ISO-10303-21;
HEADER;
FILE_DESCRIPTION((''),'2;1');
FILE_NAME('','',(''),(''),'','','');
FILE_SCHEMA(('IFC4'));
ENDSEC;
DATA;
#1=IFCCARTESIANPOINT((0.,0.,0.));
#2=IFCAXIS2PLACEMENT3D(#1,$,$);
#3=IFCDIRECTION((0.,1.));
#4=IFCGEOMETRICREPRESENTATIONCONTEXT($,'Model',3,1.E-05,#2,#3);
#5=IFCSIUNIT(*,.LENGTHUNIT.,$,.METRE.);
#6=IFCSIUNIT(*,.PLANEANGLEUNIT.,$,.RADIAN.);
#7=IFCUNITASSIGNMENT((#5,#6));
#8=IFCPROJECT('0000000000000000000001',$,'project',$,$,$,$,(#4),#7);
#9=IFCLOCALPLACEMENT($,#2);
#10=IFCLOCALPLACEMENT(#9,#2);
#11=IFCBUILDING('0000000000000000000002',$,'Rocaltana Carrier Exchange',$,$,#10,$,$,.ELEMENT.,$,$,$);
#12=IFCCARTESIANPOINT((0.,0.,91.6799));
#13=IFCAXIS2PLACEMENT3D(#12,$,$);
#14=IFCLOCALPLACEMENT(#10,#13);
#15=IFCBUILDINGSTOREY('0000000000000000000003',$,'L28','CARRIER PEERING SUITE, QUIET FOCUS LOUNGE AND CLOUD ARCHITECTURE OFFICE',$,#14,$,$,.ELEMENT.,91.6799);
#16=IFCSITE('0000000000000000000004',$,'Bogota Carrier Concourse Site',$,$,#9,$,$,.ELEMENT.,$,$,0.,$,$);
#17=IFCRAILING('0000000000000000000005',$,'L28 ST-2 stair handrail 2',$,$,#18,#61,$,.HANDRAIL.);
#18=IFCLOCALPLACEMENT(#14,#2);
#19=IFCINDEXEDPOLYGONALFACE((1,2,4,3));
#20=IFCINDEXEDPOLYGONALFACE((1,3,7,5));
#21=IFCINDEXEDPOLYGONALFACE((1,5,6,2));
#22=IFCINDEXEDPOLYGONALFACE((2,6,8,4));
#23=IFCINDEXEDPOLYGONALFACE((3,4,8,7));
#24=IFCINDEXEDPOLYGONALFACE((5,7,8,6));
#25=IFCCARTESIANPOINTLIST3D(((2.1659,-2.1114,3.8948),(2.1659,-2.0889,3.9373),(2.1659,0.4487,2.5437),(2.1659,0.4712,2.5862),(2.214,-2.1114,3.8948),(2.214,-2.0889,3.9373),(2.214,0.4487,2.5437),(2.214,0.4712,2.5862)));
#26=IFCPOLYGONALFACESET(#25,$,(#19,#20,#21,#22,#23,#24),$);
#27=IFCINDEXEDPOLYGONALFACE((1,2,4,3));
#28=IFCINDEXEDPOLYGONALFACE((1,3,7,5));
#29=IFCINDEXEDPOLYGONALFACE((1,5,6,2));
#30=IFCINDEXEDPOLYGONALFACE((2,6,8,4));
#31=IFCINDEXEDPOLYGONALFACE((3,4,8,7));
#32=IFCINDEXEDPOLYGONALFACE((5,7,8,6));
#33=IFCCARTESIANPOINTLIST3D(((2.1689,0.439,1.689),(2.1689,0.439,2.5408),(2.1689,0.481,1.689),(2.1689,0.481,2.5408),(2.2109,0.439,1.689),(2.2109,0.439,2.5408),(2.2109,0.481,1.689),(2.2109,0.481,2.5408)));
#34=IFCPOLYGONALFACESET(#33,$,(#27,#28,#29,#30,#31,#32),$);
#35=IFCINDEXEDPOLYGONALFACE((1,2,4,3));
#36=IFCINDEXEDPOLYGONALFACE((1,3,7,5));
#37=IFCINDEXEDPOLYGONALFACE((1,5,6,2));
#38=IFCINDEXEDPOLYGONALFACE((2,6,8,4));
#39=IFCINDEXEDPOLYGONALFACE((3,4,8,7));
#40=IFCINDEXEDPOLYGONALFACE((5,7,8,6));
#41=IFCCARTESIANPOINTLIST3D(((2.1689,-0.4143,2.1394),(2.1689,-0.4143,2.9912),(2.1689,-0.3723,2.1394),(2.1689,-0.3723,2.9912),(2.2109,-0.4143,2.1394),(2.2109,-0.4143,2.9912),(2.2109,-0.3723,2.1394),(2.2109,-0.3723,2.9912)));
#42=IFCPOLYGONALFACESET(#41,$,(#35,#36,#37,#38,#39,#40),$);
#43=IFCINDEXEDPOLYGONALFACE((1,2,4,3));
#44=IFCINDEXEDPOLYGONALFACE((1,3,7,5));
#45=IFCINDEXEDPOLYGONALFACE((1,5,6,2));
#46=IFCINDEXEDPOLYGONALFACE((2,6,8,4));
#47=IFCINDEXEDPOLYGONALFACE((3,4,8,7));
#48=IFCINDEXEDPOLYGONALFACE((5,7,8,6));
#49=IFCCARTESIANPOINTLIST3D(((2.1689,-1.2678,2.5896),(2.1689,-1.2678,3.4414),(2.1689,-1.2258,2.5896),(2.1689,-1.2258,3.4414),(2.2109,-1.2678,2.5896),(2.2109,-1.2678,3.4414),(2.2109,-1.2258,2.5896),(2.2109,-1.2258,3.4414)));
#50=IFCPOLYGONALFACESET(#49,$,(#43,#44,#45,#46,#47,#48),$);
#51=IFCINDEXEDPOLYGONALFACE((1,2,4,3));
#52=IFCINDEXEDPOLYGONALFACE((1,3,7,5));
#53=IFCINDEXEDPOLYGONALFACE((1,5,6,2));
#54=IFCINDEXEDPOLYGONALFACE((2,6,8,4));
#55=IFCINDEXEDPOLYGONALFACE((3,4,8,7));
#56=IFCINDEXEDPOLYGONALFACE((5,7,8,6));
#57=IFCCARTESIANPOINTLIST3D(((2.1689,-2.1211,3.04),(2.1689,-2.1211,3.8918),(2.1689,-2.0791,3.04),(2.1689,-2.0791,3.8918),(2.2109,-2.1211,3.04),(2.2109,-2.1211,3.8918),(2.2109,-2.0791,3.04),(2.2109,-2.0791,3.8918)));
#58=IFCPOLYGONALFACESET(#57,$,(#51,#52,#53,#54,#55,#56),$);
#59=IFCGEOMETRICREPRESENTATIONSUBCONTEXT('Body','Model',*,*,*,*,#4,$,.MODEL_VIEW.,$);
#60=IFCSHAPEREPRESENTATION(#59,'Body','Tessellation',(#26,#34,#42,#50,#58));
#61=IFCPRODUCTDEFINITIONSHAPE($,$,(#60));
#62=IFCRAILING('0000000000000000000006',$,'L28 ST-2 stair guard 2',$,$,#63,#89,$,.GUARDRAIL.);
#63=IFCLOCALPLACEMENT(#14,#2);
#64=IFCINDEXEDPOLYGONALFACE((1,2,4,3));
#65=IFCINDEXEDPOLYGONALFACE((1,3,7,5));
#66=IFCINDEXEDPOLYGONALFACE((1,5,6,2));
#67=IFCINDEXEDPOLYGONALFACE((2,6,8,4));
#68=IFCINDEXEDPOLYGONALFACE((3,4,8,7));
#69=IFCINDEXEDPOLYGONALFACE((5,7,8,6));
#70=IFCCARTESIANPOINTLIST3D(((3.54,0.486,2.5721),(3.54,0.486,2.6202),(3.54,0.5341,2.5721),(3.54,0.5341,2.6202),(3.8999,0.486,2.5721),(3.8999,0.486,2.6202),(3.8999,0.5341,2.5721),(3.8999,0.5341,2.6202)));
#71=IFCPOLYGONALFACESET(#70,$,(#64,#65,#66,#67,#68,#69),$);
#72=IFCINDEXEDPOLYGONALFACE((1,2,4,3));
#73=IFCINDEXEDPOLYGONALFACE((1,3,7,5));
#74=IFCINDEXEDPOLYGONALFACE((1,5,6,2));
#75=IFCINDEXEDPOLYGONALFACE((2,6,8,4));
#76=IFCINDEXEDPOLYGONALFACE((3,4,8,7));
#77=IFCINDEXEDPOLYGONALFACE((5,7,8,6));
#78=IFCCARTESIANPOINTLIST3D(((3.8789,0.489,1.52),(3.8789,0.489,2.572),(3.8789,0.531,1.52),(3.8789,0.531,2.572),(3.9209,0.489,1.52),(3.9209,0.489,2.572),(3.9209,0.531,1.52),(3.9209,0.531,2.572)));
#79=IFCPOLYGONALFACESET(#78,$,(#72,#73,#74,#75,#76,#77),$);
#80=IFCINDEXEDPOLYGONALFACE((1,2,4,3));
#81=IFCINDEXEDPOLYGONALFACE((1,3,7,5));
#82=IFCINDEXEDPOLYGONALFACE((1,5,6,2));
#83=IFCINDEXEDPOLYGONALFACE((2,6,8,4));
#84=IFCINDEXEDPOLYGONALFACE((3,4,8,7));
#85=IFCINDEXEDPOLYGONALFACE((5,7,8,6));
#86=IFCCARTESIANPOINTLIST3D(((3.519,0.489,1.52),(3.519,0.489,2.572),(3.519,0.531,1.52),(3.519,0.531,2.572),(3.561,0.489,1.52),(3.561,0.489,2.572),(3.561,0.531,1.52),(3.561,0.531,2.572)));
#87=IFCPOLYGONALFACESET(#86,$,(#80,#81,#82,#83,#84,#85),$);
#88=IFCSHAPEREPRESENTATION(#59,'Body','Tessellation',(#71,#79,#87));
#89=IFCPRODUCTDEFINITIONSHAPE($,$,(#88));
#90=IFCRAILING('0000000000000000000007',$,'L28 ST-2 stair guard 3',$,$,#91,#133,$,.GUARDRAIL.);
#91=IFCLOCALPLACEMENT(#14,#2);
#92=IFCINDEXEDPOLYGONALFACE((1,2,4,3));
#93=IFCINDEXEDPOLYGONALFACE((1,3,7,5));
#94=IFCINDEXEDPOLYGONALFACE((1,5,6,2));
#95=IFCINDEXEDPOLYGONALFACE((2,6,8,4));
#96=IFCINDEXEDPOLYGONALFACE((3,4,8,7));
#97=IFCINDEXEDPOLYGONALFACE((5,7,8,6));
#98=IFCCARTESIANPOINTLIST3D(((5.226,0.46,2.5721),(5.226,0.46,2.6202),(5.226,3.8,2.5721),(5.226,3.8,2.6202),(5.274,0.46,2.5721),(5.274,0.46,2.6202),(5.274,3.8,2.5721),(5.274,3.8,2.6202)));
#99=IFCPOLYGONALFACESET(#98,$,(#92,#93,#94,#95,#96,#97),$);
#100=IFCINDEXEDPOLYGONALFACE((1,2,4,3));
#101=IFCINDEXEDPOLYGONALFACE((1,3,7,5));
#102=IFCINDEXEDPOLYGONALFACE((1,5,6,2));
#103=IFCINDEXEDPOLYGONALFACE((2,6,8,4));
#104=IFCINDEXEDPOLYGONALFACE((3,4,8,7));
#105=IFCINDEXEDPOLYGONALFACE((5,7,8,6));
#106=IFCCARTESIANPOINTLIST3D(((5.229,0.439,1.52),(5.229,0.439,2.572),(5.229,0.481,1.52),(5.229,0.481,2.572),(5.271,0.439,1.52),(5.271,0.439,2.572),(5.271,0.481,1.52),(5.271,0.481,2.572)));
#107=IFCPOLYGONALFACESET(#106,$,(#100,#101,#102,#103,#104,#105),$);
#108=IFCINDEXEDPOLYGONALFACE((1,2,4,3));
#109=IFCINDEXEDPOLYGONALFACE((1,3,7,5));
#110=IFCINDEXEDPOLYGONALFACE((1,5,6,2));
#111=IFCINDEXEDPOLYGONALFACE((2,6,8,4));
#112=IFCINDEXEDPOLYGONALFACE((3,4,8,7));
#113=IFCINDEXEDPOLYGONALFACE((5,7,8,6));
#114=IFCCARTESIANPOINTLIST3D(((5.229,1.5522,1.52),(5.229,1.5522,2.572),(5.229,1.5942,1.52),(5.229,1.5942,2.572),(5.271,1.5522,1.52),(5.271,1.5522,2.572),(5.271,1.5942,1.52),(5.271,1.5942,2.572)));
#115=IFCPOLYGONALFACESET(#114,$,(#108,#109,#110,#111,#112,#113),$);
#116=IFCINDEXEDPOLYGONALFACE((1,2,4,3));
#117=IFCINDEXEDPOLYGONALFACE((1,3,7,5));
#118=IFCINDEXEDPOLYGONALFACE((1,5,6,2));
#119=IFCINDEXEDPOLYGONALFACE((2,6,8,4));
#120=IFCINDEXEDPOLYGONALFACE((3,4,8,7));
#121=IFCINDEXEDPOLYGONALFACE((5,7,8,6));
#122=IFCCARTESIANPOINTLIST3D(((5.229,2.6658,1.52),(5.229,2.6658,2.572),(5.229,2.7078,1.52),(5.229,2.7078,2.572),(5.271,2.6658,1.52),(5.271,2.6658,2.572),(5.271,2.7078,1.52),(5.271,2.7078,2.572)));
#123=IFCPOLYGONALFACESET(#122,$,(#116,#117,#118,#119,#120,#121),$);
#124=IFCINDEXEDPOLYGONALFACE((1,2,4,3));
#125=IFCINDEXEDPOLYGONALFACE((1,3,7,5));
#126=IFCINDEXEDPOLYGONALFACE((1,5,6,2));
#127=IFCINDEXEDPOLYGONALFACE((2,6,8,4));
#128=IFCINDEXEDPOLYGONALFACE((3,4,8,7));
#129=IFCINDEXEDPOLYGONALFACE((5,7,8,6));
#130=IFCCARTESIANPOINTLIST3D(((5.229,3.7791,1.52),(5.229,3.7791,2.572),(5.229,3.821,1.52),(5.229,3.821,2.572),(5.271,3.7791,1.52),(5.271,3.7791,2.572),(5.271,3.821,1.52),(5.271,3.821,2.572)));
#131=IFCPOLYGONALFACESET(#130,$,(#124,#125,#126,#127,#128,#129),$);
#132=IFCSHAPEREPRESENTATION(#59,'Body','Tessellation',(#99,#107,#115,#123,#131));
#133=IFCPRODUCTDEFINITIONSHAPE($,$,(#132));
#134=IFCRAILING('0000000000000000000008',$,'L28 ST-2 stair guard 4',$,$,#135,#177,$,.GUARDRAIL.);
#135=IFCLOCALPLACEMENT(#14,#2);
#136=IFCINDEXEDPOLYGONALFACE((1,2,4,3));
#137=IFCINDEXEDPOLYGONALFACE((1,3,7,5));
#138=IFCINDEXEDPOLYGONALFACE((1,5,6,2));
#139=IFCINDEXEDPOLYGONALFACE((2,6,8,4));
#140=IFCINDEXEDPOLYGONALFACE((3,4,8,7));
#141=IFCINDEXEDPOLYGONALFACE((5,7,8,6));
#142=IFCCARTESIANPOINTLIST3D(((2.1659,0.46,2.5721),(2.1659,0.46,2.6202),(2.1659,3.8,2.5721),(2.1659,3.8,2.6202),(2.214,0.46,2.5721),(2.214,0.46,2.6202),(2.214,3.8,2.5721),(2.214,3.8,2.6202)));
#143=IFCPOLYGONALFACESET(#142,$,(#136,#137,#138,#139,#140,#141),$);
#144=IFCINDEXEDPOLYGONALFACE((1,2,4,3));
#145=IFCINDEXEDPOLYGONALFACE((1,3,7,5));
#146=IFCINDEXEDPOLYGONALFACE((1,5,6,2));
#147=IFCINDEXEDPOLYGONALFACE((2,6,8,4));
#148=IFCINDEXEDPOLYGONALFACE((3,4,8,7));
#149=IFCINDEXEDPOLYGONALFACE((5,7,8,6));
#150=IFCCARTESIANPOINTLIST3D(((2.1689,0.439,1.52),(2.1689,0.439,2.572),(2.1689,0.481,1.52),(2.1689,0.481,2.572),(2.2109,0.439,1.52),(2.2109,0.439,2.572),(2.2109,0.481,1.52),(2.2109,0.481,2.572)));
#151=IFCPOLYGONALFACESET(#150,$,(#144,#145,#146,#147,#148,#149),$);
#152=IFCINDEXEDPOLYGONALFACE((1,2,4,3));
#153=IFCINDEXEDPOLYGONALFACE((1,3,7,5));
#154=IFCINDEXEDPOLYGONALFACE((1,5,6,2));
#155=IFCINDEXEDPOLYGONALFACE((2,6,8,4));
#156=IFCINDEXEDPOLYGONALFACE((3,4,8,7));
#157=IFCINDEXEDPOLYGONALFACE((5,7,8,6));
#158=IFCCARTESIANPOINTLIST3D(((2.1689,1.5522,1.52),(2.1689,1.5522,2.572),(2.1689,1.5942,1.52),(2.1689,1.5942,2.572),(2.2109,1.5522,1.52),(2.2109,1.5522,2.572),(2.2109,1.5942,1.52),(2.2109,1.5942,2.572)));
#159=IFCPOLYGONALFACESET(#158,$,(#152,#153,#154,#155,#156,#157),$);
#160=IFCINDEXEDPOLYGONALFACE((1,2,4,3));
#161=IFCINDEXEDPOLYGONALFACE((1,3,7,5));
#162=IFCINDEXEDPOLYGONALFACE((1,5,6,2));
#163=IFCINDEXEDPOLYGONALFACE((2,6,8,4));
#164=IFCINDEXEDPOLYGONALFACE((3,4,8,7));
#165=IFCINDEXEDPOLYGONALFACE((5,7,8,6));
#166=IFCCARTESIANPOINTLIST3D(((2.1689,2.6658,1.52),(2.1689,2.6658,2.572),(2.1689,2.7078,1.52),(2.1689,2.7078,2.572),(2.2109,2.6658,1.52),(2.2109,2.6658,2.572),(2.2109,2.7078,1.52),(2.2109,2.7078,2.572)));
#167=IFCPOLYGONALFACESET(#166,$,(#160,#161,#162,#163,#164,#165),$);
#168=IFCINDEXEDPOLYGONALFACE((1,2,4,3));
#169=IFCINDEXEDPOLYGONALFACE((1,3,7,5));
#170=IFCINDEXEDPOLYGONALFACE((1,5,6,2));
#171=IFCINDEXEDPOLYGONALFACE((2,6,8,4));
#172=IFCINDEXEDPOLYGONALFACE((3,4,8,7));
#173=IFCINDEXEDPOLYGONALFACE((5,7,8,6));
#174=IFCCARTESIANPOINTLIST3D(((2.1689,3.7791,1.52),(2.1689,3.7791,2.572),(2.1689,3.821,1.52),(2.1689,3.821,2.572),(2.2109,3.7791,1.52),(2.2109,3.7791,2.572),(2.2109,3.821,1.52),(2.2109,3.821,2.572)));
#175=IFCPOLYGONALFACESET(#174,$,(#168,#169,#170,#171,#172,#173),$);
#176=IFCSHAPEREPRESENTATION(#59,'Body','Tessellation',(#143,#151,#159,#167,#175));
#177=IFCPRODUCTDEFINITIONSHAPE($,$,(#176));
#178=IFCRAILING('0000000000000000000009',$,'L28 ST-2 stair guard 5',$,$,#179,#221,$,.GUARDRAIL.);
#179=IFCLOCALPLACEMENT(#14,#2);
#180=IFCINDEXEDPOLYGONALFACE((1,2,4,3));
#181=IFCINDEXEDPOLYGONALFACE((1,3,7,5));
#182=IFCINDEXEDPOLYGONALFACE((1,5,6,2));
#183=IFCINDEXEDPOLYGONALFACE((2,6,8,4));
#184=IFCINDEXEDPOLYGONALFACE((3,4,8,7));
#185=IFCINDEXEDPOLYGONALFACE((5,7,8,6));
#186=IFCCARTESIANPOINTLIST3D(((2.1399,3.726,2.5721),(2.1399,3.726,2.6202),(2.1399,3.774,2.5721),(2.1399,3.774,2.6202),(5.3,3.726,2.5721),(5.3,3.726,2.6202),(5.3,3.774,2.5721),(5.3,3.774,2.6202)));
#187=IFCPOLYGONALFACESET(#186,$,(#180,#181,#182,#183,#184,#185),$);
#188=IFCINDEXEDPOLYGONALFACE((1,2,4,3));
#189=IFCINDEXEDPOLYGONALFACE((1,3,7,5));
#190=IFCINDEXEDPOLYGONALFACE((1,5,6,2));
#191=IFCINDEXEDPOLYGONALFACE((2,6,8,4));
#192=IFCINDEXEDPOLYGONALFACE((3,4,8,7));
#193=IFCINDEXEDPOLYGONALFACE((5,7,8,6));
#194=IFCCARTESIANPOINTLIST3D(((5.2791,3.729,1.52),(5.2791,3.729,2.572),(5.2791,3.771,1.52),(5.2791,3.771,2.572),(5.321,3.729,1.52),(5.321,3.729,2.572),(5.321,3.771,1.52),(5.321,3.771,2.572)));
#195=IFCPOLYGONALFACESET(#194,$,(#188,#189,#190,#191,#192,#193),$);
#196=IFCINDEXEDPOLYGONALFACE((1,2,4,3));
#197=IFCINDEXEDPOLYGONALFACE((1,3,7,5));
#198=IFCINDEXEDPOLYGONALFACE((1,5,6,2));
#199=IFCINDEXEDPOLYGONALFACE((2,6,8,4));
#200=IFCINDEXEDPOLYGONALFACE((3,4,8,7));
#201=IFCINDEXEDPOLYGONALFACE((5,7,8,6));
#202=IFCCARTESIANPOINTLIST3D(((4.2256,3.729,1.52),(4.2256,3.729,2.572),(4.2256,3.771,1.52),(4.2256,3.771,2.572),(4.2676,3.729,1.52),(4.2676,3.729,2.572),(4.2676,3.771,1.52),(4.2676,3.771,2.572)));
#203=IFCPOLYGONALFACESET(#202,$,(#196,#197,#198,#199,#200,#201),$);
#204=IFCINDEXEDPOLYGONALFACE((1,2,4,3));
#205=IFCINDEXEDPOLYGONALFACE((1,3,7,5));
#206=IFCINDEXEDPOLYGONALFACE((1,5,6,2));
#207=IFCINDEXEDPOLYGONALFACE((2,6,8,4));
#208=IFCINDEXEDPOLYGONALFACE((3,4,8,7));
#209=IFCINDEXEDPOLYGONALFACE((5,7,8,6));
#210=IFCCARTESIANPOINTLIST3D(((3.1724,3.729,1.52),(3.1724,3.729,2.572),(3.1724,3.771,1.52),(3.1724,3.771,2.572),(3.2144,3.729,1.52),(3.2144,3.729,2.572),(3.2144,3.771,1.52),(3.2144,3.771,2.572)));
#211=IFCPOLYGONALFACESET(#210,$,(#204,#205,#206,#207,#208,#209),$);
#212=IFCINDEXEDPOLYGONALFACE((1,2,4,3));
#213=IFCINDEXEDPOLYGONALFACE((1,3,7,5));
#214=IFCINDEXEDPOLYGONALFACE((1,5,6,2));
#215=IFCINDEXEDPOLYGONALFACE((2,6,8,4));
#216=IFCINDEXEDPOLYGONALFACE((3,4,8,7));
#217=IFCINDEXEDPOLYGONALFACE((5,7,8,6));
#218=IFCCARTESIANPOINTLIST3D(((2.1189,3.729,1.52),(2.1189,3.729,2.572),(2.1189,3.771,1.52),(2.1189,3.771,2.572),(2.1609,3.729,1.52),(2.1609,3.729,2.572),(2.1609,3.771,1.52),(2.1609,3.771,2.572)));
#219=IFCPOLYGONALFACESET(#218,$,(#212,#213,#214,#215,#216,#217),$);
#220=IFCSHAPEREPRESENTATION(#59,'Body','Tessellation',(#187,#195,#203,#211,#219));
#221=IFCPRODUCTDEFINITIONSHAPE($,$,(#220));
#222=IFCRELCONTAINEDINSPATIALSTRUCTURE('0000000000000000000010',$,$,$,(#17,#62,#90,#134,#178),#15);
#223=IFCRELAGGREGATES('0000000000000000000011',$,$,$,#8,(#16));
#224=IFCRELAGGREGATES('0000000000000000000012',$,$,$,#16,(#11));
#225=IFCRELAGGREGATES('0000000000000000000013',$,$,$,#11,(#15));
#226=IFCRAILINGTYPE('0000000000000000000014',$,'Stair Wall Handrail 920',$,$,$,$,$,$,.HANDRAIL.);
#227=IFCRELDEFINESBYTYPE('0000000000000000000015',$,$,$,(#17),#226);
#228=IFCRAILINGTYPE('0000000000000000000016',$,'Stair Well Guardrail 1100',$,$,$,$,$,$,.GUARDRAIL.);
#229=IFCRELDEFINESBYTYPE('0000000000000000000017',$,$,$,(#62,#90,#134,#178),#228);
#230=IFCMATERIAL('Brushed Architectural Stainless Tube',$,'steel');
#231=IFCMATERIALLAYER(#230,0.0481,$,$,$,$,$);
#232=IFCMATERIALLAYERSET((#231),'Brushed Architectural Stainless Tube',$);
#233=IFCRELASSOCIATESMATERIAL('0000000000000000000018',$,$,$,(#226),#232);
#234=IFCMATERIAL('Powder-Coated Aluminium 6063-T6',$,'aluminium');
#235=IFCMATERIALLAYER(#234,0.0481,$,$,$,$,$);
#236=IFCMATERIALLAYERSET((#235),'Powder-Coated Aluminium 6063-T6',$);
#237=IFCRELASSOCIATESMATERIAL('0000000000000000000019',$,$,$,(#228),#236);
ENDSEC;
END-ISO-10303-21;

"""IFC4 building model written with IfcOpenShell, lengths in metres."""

from ifc_helpers import new_model, si_unit, direction, frame, origin, origin_2d, place, context, subcontext, project, spatial, rectangle, extrude, material, layer, layer_set, type_object, element, save


model = new_model("IFC4")

# Units and contexts
model_context = context("Model", 3, precision=1e-05, world=origin(), true_north=direction((0.0, 1.0)))
body_context = subcontext(model_context, "Body", "Model", "MODEL_VIEW")
ifc_project = project(units=[si_unit("LENGTHUNIT", "METRE"), si_unit("PLANEANGLEUNIT", "RADIAN")], contexts=[model_context])

# Site, building, storey
site_placement = place(None, origin())
site = spatial("IfcSite", under=ifc_project, at=site_placement, Name="Bogota Carrier Concourse Site", CompositionType="ELEMENT", RefElevation=0.0)
building_placement = place(site_placement, origin())
building = spatial("IfcBuilding", under=site, at=building_placement, Name="Rocaltana Carrier Exchange", CompositionType="ELEMENT")
storey_placement = place(building_placement, frame((0.0, 0.0, 91.6799)))
storey = spatial("IfcBuildingStorey", under=building, at=storey_placement, Name="L28", Description="CARRIER PEERING SUITE, QUIET FOCUS LOUNGE AND CLOUD ARCHITECTURE OFFICE", CompositionType="ELEMENT", Elevation=91.6799)

# Railings
ifc_material_1 = material(Name="Brushed Architectural Stainless Tube", Category="steel")
ifc_layer_1 = layer(ifc_material_1, 0.0481)
ifc_layer_set_1 = layer_set([ifc_layer_1], Name="Brushed Architectural Stainless Tube")
railing_type_1 = type_object("IfcRailingType", Name="Stair Wall Handrail 920", PredefinedType="HANDRAIL", material=ifc_layer_set_1)
railing_1_placement = place(storey_placement, frame((2.1899, 0.46, 1.689)))
element("IfcRailing", 1, at=railing_1_placement, inside=storey, type_object=railing_type_1, Name="L28 ST-2 stair handrail 2", PredefinedType="HANDRAIL", context=body_context, shape_type="SweptSolid", body=[
    extrude(rectangle(XDim=0.0481, YDim=0.0481, at=origin_2d()), frame((0.0, 0.0, 0.876), z_axis=(0.0, -0.884394, 0.46674), x_axis=(1.0, 0.0, 0.0)), (0.0, 0.0, 1.0), 2.8948),
    extrude(rectangle(XDim=0.042, YDim=0.042, at=origin_2d()), origin(), (0.0, 0.0, 1.0), 0.8518),
    extrude(rectangle(XDim=0.042, YDim=0.042, at=origin_2d()), frame((0.0, -0.8533, 0.4504)), (0.0, 0.0, 1.0), 0.8518),
    extrude(rectangle(XDim=0.042, YDim=0.042, at=origin_2d()), frame((0.0, -1.7068, 0.9006)), (0.0, 0.0, 1.0), 0.8518),
    extrude(rectangle(XDim=0.042, YDim=0.042, at=origin_2d()), frame((0.0, -2.5601, 1.3511)), (0.0, 0.0, 1.0), 0.8518),
])
ifc_material_2 = material(Name="Powder-Coated Aluminium 6063-T6", Category="aluminium")
ifc_layer_2 = layer(ifc_material_2, 0.0481)
ifc_layer_set_2 = layer_set([ifc_layer_2], Name="Powder-Coated Aluminium 6063-T6")
railing_type_2 = type_object("IfcRailingType", Name="Stair Well Guardrail 1100", PredefinedType="GUARDRAIL", material=ifc_layer_set_2)
railing_2_placement = place(storey_placement, frame((3.8999, 0.51, 1.52)))
element("IfcRailing", 2, at=railing_2_placement, inside=storey, type_object=railing_type_2, Name="L28 ST-2 stair guard 2", PredefinedType="GUARDRAIL", context=body_context, shape_type="SweptSolid", body=[
    extrude(rectangle(XDim=0.0481, YDim=0.0481, at=origin_2d()), frame((0.0, 0.0, 1.0762), z_axis=(-1.0, 0.0, 0.0), x_axis=(0.0, -1.0, 0.0)), (0.0, 0.0, 1.0), 0.3599),
    extrude(rectangle(XDim=0.042, YDim=0.042, at=origin_2d()), origin(), (0.0, 0.0, 1.0), 1.052),
    extrude(rectangle(XDim=0.042, YDim=0.042, at=origin_2d()), frame((-0.3599, 0.0, 0.0)), (0.0, 0.0, 1.0), 1.052),
])
for number, where, name in (
    (3, (5.25, 0.46, 1.52), "L28 ST-2 stair guard 3"),
    (4, (2.1899, 0.46, 1.52), "L28 ST-2 stair guard 4"),
):
    element("IfcRailing", number, at=place(storey_placement, frame(where)), inside=storey, type_object=railing_type_2, Name=name, PredefinedType="GUARDRAIL", context=body_context, shape_type="SweptSolid", body=[
        extrude(rectangle(XDim=0.0481, YDim=0.0481, at=origin_2d()), frame((0.0, 0.0, 1.0762), z_axis=(0.0, 1.0, 0.0), x_axis=(-1.0, 0.0, 0.0)), (0.0, 0.0, 1.0), 3.3401),
        extrude(rectangle(XDim=0.042, YDim=0.042, at=origin_2d()), origin(), (0.0, 0.0, 1.0), 1.052),
        extrude(rectangle(XDim=0.042, YDim=0.042, at=origin_2d()), frame((0.0, 1.1133, 0.0)), (0.0, 0.0, 1.0), 1.052),
        extrude(rectangle(XDim=0.042, YDim=0.042, at=origin_2d()), frame((0.0, 2.2268, 0.0)), (0.0, 0.0, 1.0), 1.052),
        extrude(rectangle(XDim=0.042, YDim=0.042, at=origin_2d()), frame((0.0, 3.3401, 0.0)), (0.0, 0.0, 1.0), 1.052),
    ])
railing_3_placement = place(storey_placement, frame((5.3, 3.75, 1.52)))
element("IfcRailing", 5, at=railing_3_placement, inside=storey, type_object=railing_type_2, Name="L28 ST-2 stair guard 5", PredefinedType="GUARDRAIL", context=body_context, shape_type="SweptSolid", body=[
    extrude(rectangle(XDim=0.0481, YDim=0.0481, at=origin_2d()), frame((0.0, 0.0, 1.0762), z_axis=(-1.0, 0.0, 0.0), x_axis=(0.0, -1.0, 0.0)), (0.0, 0.0, 1.0), 3.1602),
    extrude(rectangle(XDim=0.042, YDim=0.042, at=origin_2d()), origin(), (0.0, 0.0, 1.0), 1.052),
    extrude(rectangle(XDim=0.042, YDim=0.042, at=origin_2d()), frame((-1.0535, 0.0, 0.0)), (0.0, 0.0, 1.0), 1.052),
    extrude(rectangle(XDim=0.042, YDim=0.042, at=origin_2d()), frame((-2.1067, 0.0, 0.0)), (0.0, 0.0, 1.0), 1.052),
    extrude(rectangle(XDim=0.042, YDim=0.042, at=origin_2d()), frame((-3.1602, 0.0, 0.0)), (0.0, 0.0, 1.0), 1.052),
])

save(model, "model.ifc")
